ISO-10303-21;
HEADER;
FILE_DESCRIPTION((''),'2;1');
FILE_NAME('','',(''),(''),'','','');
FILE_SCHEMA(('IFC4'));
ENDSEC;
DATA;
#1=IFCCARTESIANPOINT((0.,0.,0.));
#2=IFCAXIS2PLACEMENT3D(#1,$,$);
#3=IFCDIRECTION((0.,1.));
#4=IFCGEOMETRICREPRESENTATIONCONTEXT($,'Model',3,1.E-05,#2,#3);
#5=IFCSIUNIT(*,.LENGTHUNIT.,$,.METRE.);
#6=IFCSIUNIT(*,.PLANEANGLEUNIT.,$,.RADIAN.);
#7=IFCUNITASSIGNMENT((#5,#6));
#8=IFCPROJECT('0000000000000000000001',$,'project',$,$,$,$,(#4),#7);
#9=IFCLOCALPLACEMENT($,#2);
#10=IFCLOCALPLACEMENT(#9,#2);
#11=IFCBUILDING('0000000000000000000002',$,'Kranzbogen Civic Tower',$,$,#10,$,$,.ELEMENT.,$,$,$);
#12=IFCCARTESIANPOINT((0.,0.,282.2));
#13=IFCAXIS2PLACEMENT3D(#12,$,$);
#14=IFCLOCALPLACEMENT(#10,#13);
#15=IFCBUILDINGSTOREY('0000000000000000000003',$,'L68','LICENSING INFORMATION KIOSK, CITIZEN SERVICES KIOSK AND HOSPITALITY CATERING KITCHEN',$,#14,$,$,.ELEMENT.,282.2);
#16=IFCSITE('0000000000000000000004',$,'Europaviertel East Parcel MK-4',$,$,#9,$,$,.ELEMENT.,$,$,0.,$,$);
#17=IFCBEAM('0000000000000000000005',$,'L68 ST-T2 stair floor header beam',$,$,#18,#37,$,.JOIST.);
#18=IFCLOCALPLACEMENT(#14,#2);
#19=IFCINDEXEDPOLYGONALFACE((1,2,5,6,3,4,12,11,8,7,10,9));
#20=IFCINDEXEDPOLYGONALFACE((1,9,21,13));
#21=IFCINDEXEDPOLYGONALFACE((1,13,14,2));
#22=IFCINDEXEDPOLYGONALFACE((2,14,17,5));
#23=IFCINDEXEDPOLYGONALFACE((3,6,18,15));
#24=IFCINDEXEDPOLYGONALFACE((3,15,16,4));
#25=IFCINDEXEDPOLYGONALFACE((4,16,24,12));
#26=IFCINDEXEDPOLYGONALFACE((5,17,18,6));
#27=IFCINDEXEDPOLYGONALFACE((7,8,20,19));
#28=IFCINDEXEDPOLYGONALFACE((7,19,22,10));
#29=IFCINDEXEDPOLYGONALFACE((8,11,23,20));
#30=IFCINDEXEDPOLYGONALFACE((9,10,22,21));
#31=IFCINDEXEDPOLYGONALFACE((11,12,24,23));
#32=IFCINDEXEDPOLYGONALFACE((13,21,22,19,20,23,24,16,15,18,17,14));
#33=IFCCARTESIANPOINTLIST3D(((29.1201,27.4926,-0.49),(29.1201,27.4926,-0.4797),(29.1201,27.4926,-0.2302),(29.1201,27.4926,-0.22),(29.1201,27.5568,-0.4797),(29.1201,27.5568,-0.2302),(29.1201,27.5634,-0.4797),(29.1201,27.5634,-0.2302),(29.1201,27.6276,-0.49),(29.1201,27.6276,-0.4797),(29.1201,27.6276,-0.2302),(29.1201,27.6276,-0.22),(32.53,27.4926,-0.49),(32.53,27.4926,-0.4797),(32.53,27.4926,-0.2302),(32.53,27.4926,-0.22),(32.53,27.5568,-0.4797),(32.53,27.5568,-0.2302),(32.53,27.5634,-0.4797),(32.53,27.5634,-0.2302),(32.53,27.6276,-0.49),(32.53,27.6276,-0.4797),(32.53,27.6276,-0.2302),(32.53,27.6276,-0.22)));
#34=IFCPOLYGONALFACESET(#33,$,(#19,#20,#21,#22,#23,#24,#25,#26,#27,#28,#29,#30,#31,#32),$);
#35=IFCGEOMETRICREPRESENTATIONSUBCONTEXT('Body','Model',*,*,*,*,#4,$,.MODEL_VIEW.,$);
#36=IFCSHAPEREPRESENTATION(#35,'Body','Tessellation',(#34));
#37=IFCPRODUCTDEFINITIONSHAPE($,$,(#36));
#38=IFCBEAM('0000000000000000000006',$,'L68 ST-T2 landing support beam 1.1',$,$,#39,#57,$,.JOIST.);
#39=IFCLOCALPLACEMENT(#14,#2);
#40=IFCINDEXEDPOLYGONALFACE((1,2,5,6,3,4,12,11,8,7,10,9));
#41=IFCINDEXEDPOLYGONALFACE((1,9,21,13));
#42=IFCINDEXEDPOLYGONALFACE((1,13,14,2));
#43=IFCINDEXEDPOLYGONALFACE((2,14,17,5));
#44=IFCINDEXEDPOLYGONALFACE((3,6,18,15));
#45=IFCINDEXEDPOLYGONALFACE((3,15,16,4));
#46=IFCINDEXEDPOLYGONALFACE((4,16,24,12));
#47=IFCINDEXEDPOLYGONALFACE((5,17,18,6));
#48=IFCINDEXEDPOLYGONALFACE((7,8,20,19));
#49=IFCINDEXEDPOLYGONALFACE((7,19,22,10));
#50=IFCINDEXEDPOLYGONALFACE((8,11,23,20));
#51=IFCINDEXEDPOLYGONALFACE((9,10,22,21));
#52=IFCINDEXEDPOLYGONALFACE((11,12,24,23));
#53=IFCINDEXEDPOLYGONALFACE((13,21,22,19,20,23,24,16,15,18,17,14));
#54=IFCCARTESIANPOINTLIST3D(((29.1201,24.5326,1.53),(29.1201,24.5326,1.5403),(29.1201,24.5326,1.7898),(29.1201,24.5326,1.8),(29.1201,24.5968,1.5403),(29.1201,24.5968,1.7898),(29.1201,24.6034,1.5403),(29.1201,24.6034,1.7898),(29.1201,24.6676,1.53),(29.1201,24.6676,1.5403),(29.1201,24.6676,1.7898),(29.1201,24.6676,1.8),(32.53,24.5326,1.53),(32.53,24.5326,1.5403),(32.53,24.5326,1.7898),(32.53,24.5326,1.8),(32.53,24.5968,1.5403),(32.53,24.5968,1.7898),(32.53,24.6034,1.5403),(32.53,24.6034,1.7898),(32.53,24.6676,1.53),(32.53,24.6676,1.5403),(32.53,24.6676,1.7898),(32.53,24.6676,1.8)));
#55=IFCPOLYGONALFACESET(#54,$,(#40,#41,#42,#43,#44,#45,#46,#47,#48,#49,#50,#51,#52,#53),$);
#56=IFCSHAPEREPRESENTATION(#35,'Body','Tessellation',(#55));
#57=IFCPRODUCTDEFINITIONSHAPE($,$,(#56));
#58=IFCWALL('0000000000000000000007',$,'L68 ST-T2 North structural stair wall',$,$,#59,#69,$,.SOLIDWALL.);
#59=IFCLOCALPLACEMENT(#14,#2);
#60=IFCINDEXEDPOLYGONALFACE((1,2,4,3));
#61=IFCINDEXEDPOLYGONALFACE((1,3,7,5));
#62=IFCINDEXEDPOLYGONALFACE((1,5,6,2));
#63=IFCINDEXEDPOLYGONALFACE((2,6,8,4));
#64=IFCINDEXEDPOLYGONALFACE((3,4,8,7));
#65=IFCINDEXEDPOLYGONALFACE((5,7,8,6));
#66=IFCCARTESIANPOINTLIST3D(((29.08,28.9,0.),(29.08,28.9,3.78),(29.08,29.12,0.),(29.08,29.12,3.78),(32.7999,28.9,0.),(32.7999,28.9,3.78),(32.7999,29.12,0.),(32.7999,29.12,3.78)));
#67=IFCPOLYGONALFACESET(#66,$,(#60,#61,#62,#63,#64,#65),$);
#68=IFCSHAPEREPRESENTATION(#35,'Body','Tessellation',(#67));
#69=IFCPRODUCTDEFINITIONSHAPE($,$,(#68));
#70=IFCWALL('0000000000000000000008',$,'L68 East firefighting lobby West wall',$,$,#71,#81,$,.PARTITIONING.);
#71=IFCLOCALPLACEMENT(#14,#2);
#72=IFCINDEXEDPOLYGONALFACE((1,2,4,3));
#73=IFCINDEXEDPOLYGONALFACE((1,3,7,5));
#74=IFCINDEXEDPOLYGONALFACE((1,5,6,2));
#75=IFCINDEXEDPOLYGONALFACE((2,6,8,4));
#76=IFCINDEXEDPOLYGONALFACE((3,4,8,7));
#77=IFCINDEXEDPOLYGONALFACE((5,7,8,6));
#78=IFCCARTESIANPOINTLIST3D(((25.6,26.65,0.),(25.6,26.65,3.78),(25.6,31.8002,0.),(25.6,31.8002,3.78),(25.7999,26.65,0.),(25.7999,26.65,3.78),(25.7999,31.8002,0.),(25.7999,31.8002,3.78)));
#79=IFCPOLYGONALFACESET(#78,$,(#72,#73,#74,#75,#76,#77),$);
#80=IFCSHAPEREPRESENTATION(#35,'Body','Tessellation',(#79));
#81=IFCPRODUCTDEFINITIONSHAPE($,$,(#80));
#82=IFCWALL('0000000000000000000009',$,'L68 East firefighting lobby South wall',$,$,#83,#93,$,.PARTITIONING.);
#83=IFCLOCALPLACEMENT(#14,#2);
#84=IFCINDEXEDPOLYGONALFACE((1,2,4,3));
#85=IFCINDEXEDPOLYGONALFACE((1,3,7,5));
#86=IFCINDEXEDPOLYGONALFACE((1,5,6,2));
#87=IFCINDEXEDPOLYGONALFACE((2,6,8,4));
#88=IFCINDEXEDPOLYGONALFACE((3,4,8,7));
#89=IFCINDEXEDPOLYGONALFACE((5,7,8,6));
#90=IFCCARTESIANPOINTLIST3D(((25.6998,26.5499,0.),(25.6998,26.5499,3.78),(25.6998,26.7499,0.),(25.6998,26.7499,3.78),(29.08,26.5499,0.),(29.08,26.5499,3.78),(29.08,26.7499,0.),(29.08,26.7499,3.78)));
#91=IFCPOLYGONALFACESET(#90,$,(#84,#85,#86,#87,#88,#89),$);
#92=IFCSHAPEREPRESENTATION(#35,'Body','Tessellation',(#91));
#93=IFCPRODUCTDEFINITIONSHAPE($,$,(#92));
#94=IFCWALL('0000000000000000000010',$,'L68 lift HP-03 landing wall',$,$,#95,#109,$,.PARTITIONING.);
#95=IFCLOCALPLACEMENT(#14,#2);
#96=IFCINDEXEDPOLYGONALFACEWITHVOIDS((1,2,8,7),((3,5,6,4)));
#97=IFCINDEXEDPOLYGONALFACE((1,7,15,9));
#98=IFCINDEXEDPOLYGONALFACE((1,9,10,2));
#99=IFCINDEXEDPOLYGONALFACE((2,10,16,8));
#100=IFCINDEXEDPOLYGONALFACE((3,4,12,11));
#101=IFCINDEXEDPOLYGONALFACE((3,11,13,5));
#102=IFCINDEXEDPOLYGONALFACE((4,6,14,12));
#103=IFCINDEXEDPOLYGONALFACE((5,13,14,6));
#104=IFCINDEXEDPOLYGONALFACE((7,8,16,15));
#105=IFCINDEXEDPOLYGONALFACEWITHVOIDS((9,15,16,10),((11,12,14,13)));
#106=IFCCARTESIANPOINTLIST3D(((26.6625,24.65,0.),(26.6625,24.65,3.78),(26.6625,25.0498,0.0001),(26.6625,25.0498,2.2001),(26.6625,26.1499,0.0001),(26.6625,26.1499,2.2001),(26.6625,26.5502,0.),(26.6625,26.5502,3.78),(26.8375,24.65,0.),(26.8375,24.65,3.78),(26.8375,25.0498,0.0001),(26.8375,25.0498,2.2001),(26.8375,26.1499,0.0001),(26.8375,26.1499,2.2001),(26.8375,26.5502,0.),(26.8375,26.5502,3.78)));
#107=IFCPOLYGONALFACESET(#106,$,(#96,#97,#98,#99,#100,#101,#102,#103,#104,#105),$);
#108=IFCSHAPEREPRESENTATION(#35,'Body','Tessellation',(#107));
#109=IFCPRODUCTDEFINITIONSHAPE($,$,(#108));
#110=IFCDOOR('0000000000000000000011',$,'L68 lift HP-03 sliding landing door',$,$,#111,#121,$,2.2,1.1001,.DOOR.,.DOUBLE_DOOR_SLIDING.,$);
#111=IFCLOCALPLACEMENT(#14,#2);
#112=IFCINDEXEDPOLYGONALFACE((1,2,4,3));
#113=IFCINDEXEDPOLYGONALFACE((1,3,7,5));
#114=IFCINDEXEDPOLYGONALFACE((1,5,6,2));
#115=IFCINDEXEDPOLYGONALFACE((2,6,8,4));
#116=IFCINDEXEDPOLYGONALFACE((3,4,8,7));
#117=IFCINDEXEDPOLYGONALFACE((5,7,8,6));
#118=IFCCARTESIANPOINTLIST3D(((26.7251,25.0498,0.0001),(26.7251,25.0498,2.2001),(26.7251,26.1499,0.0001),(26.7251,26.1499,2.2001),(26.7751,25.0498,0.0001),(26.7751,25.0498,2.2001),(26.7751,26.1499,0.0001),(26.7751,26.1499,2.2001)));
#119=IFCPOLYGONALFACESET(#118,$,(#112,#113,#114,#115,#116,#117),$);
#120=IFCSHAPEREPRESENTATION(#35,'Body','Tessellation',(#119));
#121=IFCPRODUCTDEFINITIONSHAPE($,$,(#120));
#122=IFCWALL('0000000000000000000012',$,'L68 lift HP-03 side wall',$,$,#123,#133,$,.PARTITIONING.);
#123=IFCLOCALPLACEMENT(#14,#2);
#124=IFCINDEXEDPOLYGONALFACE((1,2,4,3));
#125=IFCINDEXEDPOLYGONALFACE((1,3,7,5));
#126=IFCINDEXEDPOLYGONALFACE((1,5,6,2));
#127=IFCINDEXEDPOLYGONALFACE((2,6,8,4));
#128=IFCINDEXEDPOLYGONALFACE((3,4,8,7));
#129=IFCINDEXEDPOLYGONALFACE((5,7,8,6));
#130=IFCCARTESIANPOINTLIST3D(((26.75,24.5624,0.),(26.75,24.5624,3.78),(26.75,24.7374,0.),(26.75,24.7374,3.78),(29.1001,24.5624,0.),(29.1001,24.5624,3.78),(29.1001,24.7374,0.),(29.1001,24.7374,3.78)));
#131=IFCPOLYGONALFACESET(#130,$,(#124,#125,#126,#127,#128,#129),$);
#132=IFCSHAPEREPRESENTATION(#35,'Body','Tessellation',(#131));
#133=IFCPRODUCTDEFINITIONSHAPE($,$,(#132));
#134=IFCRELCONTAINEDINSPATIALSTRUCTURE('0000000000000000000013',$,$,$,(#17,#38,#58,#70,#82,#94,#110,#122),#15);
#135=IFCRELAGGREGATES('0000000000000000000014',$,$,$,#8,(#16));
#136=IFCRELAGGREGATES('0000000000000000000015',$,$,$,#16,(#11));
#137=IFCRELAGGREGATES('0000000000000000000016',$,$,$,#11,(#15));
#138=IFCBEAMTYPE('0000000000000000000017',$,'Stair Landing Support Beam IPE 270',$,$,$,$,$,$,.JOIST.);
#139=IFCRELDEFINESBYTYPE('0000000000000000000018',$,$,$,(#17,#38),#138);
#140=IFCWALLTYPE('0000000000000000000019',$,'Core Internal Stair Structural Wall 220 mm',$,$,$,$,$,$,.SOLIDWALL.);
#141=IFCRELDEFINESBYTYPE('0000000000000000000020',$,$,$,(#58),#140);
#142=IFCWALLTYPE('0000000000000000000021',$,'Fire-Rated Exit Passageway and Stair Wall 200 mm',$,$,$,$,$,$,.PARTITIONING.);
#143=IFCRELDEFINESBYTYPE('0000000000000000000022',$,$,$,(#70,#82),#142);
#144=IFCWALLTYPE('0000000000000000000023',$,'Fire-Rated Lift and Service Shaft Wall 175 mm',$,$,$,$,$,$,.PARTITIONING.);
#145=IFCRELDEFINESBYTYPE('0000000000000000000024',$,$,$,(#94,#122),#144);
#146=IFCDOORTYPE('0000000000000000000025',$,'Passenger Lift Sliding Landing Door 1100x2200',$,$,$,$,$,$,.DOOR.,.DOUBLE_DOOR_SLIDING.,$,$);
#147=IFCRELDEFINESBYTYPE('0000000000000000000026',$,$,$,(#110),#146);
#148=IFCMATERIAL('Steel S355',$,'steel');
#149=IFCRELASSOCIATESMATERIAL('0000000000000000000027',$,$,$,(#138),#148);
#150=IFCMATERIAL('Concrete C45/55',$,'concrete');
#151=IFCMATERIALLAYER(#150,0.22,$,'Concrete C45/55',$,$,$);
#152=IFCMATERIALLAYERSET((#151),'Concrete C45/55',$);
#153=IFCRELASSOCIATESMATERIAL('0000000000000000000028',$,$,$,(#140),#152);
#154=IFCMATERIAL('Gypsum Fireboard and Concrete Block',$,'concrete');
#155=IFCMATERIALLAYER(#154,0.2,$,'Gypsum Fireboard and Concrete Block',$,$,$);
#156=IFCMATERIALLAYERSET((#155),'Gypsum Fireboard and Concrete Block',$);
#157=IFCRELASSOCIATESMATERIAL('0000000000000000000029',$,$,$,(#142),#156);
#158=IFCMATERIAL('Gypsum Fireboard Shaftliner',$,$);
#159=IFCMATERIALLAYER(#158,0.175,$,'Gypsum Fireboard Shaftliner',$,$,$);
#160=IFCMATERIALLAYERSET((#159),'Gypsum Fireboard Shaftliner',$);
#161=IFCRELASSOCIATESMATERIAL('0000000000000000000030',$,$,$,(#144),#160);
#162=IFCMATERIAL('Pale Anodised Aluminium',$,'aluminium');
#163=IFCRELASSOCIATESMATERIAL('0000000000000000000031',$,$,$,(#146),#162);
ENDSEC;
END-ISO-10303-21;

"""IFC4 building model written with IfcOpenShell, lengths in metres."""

from ifc_helpers import new_model, si_unit, direction, frame, frame_2d, origin, origin_2d, place, context, subcontext, project, spatial, rectangle, i_section, extrude, material, layer, layer_set, material_profile, profile_set, type_object, element, fill, save


model = new_model("IFC4")

# Units and contexts
model_context = context("Model", 3, precision=1e-05, world=origin(), true_north=direction((0.0, 1.0)))
body_context = subcontext(model_context, "Body", "Model", "MODEL_VIEW")
ifc_project = project(units=[si_unit("LENGTHUNIT", "METRE"), si_unit("PLANEANGLEUNIT", "RADIAN")], contexts=[model_context])

# Site, building, storey
site_placement = place(None, origin())
site = spatial("IfcSite", under=ifc_project, at=site_placement, Name="Europaviertel East Parcel MK-4", CompositionType="ELEMENT", RefElevation=0.0)
building_placement = place(site_placement, origin())
building = spatial("IfcBuilding", under=site, at=building_placement, Name="Kranzbogen Civic Tower", CompositionType="ELEMENT")
storey_placement = place(building_placement, frame((0.0, 0.0, 282.2)))
storey = spatial("IfcBuildingStorey", under=building, at=storey_placement, Name="L68", Description="LICENSING INFORMATION KIOSK, CITIZEN SERVICES KIOSK AND HOSPITALITY CATERING KITCHEN", CompositionType="ELEMENT", Elevation=282.2)

# Beams
ifc_material_1 = material(Name="Steel S355", Category="steel")
ifc_material_profile = material_profile(ifc_material_1, i_section(OverallWidth=0.135, OverallDepth=0.27, WebThickness=0.0066, FlangeThickness=0.0103, at=origin_2d()), Name="IPE 270")
ifc_profile_set = profile_set([ifc_material_profile], Name="Steel S355")
beam_type = type_object("IfcBeamType", Name="Stair Landing Support Beam IPE 270", PredefinedType="JOIST", material=ifc_profile_set)
for number, where, z_axis, x_axis, name in (
    (1, (29.1201, 27.5601, -0.355), (1.0, 0.0, 0.0), (0.0, 1.0, 0.0), "L68 ST-T2 stair floor header beam"),
    (2, (29.1201, 24.6001, 1.665), (1.0, 0.0, 0.0), (0.0, 1.0, 0.0), "L68 ST-T2 landing support beam 1.1"),
):
    element("IfcBeam", number, at=place(storey_placement, frame(where, z_axis=z_axis, x_axis=x_axis)), inside=storey, type_object=beam_type, Name=name, PredefinedType="JOIST", context=body_context, shape_type="SweptSolid", body=[
        extrude(i_section(OverallWidth=0.135, OverallDepth=0.27, WebThickness=0.0066, FlangeThickness=0.0103, at=origin_2d()), origin(), (0.0, 0.0, 1.0), 3.4099),
    ])

# Walls
ifc_material_2 = material(Name="Concrete C45/55", Category="concrete")
ifc_layer_1 = layer(ifc_material_2, 0.22, Name="Concrete C45/55")
ifc_layer_set_1 = layer_set([ifc_layer_1], Name="Concrete C45/55")
wall_type_1 = type_object("IfcWallType", Name="Core Internal Stair Structural Wall 220 mm", PredefinedType="SOLIDWALL", material=ifc_layer_set_1)
wall_1_placement = place(storey_placement, frame((29.0801, 29.01, 0.0), z_axis=(0.0, 0.0, 1.0), x_axis=(1.0, 0.0, 0.0)))
element("IfcWall", 3, at=wall_1_placement, inside=storey, type_object=wall_type_1, Name="L68 ST-T2 North structural stair wall", PredefinedType="SOLIDWALL", context=body_context, shape_type="SweptSolid", body=[
    extrude(rectangle(XDim=3.72, YDim=0.22, at=frame_2d((1.8599, 0.0))), origin(), (0.0, 0.0, 1.0), 3.78),
])
ifc_material_3 = material(Name="Gypsum Fireboard and Concrete Block", Category="concrete")
ifc_layer_2 = layer(ifc_material_3, 0.2, Name="Gypsum Fireboard and Concrete Block")
ifc_layer_set_2 = layer_set([ifc_layer_2], Name="Gypsum Fireboard and Concrete Block")
wall_type_2 = type_object("IfcWallType", Name="Fire-Rated Exit Passageway and Stair Wall 200 mm", PredefinedType="PARTITIONING", material=ifc_layer_set_2)
wall_2_placement = place(storey_placement, frame((25.7, 26.6499, 0.0), z_axis=(0.0, 0.0, 1.0), x_axis=(0.0, 1.0, 0.0)))
element("IfcWall", 4, at=wall_2_placement, inside=storey, type_object=wall_type_2, Name="L68 East firefighting lobby West wall", PredefinedType="PARTITIONING", context=body_context, shape_type="SweptSolid", body=[
    extrude(rectangle(XDim=5.1501, YDim=0.2, at=frame_2d((2.5752, 0.0))), origin(), (0.0, 0.0, 1.0), 3.78),
])
wall_3_placement = place(storey_placement, frame((25.7, 26.6499, 0.0), z_axis=(0.0, 0.0, 1.0), x_axis=(1.0, 0.0, 0.0)))
element("IfcWall", 5, at=wall_3_placement, inside=storey, type_object=wall_type_2, Name="L68 East firefighting lobby South wall", PredefinedType="PARTITIONING", context=body_context, shape_type="SweptSolid", body=[
    extrude(rectangle(XDim=3.3801, YDim=0.2, at=frame_2d((1.6899, 0.0))), origin(), (0.0, 0.0, 1.0), 3.78),
])

# Wall, opening, door
ifc_material_4 = material(Name="Gypsum Fireboard Shaftliner")
ifc_layer_3 = layer(ifc_material_4, 0.175, Name="Gypsum Fireboard Shaftliner")
ifc_layer_set_3 = layer_set([ifc_layer_3], Name="Gypsum Fireboard Shaftliner")
wall_type_3 = type_object("IfcWallType", Name="Fire-Rated Lift and Service Shaft Wall 175 mm", PredefinedType="PARTITIONING", material=ifc_layer_set_3)
wall_4_placement = place(storey_placement, frame((26.75, 24.6499, 0.0), z_axis=(0.0, 0.0, 1.0), x_axis=(0.0, 1.0, 0.0)))
wall_4 = element("IfcWall", 6, at=wall_4_placement, inside=storey, type_object=wall_type_3, Name="L68 lift HP-03 landing wall", PredefinedType="PARTITIONING", context=body_context, shape_type="SweptSolid", body=[
    extrude(rectangle(XDim=1.9001, YDim=0.175, at=frame_2d((0.9502, 0.0))), origin(), (0.0, 0.0, 1.0), 3.78),
])
opening_1_placement = place(wall_4_placement, frame((0.3999, 0.0, 0.0)))
opening_1 = element("IfcOpeningElement", 7, at=opening_1_placement, cuts=wall_4, PredefinedType="OPENING", context=body_context, shape_type="SweptSolid", body=[
    extrude(rectangle(XDim=1.1001, YDim=2.2, at=frame_2d((0.55, 1.1001))), frame((0.0, 0.0977, 0.0), z_axis=(0.0, -1.0, 0.0), x_axis=(1.0, 0.0, 0.0)), (0.0, 0.0, 1.0), 0.1951),
])
ifc_material_5 = material(Name="Pale Anodised Aluminium", Category="aluminium")
door_type_1 = type_object("IfcDoorType", Name="Passenger Lift Sliding Landing Door 1100x2200", OperationType="DOUBLE_DOOR_SLIDING", PredefinedType="DOOR", material=ifc_material_5)
door_1_placement = place(opening_1_placement, origin())
door_1 = element("IfcDoor", 8, at=door_1_placement, inside=storey, type_object=door_type_1, Name="L68 lift HP-03 sliding landing door", OperationType="DOUBLE_DOOR_SLIDING", OverallHeight=2.2, OverallWidth=1.1001, PredefinedType="DOOR", context=body_context, shape_type="SweptSolid", body=[
    extrude(rectangle(XDim=1.1001, YDim=2.2, at=frame_2d((0.55, 1.1001))), frame((0.0, 0.0249, 0.0), z_axis=(0.0, -1.0, 0.0), x_axis=(1.0, 0.0, 0.0)), (0.0, 0.0, 1.0), 0.05),
])
fill(opening_1, door_1)

# Wall
wall_5_placement = place(storey_placement, frame((26.75, 24.6499, 0.0), z_axis=(0.0, 0.0, 1.0), x_axis=(1.0, 0.0, 0.0)))
element("IfcWall", 9, at=wall_5_placement, inside=storey, type_object=wall_type_3, Name="L68 lift HP-03 side wall", PredefinedType="PARTITIONING", context=body_context, shape_type="SweptSolid", body=[
    extrude(rectangle(XDim=2.3501, YDim=0.175, at=frame_2d((1.175, 0.0))), origin(), (0.0, 0.0, 1.0), 3.78),
])

save(model, "model.ifc")
